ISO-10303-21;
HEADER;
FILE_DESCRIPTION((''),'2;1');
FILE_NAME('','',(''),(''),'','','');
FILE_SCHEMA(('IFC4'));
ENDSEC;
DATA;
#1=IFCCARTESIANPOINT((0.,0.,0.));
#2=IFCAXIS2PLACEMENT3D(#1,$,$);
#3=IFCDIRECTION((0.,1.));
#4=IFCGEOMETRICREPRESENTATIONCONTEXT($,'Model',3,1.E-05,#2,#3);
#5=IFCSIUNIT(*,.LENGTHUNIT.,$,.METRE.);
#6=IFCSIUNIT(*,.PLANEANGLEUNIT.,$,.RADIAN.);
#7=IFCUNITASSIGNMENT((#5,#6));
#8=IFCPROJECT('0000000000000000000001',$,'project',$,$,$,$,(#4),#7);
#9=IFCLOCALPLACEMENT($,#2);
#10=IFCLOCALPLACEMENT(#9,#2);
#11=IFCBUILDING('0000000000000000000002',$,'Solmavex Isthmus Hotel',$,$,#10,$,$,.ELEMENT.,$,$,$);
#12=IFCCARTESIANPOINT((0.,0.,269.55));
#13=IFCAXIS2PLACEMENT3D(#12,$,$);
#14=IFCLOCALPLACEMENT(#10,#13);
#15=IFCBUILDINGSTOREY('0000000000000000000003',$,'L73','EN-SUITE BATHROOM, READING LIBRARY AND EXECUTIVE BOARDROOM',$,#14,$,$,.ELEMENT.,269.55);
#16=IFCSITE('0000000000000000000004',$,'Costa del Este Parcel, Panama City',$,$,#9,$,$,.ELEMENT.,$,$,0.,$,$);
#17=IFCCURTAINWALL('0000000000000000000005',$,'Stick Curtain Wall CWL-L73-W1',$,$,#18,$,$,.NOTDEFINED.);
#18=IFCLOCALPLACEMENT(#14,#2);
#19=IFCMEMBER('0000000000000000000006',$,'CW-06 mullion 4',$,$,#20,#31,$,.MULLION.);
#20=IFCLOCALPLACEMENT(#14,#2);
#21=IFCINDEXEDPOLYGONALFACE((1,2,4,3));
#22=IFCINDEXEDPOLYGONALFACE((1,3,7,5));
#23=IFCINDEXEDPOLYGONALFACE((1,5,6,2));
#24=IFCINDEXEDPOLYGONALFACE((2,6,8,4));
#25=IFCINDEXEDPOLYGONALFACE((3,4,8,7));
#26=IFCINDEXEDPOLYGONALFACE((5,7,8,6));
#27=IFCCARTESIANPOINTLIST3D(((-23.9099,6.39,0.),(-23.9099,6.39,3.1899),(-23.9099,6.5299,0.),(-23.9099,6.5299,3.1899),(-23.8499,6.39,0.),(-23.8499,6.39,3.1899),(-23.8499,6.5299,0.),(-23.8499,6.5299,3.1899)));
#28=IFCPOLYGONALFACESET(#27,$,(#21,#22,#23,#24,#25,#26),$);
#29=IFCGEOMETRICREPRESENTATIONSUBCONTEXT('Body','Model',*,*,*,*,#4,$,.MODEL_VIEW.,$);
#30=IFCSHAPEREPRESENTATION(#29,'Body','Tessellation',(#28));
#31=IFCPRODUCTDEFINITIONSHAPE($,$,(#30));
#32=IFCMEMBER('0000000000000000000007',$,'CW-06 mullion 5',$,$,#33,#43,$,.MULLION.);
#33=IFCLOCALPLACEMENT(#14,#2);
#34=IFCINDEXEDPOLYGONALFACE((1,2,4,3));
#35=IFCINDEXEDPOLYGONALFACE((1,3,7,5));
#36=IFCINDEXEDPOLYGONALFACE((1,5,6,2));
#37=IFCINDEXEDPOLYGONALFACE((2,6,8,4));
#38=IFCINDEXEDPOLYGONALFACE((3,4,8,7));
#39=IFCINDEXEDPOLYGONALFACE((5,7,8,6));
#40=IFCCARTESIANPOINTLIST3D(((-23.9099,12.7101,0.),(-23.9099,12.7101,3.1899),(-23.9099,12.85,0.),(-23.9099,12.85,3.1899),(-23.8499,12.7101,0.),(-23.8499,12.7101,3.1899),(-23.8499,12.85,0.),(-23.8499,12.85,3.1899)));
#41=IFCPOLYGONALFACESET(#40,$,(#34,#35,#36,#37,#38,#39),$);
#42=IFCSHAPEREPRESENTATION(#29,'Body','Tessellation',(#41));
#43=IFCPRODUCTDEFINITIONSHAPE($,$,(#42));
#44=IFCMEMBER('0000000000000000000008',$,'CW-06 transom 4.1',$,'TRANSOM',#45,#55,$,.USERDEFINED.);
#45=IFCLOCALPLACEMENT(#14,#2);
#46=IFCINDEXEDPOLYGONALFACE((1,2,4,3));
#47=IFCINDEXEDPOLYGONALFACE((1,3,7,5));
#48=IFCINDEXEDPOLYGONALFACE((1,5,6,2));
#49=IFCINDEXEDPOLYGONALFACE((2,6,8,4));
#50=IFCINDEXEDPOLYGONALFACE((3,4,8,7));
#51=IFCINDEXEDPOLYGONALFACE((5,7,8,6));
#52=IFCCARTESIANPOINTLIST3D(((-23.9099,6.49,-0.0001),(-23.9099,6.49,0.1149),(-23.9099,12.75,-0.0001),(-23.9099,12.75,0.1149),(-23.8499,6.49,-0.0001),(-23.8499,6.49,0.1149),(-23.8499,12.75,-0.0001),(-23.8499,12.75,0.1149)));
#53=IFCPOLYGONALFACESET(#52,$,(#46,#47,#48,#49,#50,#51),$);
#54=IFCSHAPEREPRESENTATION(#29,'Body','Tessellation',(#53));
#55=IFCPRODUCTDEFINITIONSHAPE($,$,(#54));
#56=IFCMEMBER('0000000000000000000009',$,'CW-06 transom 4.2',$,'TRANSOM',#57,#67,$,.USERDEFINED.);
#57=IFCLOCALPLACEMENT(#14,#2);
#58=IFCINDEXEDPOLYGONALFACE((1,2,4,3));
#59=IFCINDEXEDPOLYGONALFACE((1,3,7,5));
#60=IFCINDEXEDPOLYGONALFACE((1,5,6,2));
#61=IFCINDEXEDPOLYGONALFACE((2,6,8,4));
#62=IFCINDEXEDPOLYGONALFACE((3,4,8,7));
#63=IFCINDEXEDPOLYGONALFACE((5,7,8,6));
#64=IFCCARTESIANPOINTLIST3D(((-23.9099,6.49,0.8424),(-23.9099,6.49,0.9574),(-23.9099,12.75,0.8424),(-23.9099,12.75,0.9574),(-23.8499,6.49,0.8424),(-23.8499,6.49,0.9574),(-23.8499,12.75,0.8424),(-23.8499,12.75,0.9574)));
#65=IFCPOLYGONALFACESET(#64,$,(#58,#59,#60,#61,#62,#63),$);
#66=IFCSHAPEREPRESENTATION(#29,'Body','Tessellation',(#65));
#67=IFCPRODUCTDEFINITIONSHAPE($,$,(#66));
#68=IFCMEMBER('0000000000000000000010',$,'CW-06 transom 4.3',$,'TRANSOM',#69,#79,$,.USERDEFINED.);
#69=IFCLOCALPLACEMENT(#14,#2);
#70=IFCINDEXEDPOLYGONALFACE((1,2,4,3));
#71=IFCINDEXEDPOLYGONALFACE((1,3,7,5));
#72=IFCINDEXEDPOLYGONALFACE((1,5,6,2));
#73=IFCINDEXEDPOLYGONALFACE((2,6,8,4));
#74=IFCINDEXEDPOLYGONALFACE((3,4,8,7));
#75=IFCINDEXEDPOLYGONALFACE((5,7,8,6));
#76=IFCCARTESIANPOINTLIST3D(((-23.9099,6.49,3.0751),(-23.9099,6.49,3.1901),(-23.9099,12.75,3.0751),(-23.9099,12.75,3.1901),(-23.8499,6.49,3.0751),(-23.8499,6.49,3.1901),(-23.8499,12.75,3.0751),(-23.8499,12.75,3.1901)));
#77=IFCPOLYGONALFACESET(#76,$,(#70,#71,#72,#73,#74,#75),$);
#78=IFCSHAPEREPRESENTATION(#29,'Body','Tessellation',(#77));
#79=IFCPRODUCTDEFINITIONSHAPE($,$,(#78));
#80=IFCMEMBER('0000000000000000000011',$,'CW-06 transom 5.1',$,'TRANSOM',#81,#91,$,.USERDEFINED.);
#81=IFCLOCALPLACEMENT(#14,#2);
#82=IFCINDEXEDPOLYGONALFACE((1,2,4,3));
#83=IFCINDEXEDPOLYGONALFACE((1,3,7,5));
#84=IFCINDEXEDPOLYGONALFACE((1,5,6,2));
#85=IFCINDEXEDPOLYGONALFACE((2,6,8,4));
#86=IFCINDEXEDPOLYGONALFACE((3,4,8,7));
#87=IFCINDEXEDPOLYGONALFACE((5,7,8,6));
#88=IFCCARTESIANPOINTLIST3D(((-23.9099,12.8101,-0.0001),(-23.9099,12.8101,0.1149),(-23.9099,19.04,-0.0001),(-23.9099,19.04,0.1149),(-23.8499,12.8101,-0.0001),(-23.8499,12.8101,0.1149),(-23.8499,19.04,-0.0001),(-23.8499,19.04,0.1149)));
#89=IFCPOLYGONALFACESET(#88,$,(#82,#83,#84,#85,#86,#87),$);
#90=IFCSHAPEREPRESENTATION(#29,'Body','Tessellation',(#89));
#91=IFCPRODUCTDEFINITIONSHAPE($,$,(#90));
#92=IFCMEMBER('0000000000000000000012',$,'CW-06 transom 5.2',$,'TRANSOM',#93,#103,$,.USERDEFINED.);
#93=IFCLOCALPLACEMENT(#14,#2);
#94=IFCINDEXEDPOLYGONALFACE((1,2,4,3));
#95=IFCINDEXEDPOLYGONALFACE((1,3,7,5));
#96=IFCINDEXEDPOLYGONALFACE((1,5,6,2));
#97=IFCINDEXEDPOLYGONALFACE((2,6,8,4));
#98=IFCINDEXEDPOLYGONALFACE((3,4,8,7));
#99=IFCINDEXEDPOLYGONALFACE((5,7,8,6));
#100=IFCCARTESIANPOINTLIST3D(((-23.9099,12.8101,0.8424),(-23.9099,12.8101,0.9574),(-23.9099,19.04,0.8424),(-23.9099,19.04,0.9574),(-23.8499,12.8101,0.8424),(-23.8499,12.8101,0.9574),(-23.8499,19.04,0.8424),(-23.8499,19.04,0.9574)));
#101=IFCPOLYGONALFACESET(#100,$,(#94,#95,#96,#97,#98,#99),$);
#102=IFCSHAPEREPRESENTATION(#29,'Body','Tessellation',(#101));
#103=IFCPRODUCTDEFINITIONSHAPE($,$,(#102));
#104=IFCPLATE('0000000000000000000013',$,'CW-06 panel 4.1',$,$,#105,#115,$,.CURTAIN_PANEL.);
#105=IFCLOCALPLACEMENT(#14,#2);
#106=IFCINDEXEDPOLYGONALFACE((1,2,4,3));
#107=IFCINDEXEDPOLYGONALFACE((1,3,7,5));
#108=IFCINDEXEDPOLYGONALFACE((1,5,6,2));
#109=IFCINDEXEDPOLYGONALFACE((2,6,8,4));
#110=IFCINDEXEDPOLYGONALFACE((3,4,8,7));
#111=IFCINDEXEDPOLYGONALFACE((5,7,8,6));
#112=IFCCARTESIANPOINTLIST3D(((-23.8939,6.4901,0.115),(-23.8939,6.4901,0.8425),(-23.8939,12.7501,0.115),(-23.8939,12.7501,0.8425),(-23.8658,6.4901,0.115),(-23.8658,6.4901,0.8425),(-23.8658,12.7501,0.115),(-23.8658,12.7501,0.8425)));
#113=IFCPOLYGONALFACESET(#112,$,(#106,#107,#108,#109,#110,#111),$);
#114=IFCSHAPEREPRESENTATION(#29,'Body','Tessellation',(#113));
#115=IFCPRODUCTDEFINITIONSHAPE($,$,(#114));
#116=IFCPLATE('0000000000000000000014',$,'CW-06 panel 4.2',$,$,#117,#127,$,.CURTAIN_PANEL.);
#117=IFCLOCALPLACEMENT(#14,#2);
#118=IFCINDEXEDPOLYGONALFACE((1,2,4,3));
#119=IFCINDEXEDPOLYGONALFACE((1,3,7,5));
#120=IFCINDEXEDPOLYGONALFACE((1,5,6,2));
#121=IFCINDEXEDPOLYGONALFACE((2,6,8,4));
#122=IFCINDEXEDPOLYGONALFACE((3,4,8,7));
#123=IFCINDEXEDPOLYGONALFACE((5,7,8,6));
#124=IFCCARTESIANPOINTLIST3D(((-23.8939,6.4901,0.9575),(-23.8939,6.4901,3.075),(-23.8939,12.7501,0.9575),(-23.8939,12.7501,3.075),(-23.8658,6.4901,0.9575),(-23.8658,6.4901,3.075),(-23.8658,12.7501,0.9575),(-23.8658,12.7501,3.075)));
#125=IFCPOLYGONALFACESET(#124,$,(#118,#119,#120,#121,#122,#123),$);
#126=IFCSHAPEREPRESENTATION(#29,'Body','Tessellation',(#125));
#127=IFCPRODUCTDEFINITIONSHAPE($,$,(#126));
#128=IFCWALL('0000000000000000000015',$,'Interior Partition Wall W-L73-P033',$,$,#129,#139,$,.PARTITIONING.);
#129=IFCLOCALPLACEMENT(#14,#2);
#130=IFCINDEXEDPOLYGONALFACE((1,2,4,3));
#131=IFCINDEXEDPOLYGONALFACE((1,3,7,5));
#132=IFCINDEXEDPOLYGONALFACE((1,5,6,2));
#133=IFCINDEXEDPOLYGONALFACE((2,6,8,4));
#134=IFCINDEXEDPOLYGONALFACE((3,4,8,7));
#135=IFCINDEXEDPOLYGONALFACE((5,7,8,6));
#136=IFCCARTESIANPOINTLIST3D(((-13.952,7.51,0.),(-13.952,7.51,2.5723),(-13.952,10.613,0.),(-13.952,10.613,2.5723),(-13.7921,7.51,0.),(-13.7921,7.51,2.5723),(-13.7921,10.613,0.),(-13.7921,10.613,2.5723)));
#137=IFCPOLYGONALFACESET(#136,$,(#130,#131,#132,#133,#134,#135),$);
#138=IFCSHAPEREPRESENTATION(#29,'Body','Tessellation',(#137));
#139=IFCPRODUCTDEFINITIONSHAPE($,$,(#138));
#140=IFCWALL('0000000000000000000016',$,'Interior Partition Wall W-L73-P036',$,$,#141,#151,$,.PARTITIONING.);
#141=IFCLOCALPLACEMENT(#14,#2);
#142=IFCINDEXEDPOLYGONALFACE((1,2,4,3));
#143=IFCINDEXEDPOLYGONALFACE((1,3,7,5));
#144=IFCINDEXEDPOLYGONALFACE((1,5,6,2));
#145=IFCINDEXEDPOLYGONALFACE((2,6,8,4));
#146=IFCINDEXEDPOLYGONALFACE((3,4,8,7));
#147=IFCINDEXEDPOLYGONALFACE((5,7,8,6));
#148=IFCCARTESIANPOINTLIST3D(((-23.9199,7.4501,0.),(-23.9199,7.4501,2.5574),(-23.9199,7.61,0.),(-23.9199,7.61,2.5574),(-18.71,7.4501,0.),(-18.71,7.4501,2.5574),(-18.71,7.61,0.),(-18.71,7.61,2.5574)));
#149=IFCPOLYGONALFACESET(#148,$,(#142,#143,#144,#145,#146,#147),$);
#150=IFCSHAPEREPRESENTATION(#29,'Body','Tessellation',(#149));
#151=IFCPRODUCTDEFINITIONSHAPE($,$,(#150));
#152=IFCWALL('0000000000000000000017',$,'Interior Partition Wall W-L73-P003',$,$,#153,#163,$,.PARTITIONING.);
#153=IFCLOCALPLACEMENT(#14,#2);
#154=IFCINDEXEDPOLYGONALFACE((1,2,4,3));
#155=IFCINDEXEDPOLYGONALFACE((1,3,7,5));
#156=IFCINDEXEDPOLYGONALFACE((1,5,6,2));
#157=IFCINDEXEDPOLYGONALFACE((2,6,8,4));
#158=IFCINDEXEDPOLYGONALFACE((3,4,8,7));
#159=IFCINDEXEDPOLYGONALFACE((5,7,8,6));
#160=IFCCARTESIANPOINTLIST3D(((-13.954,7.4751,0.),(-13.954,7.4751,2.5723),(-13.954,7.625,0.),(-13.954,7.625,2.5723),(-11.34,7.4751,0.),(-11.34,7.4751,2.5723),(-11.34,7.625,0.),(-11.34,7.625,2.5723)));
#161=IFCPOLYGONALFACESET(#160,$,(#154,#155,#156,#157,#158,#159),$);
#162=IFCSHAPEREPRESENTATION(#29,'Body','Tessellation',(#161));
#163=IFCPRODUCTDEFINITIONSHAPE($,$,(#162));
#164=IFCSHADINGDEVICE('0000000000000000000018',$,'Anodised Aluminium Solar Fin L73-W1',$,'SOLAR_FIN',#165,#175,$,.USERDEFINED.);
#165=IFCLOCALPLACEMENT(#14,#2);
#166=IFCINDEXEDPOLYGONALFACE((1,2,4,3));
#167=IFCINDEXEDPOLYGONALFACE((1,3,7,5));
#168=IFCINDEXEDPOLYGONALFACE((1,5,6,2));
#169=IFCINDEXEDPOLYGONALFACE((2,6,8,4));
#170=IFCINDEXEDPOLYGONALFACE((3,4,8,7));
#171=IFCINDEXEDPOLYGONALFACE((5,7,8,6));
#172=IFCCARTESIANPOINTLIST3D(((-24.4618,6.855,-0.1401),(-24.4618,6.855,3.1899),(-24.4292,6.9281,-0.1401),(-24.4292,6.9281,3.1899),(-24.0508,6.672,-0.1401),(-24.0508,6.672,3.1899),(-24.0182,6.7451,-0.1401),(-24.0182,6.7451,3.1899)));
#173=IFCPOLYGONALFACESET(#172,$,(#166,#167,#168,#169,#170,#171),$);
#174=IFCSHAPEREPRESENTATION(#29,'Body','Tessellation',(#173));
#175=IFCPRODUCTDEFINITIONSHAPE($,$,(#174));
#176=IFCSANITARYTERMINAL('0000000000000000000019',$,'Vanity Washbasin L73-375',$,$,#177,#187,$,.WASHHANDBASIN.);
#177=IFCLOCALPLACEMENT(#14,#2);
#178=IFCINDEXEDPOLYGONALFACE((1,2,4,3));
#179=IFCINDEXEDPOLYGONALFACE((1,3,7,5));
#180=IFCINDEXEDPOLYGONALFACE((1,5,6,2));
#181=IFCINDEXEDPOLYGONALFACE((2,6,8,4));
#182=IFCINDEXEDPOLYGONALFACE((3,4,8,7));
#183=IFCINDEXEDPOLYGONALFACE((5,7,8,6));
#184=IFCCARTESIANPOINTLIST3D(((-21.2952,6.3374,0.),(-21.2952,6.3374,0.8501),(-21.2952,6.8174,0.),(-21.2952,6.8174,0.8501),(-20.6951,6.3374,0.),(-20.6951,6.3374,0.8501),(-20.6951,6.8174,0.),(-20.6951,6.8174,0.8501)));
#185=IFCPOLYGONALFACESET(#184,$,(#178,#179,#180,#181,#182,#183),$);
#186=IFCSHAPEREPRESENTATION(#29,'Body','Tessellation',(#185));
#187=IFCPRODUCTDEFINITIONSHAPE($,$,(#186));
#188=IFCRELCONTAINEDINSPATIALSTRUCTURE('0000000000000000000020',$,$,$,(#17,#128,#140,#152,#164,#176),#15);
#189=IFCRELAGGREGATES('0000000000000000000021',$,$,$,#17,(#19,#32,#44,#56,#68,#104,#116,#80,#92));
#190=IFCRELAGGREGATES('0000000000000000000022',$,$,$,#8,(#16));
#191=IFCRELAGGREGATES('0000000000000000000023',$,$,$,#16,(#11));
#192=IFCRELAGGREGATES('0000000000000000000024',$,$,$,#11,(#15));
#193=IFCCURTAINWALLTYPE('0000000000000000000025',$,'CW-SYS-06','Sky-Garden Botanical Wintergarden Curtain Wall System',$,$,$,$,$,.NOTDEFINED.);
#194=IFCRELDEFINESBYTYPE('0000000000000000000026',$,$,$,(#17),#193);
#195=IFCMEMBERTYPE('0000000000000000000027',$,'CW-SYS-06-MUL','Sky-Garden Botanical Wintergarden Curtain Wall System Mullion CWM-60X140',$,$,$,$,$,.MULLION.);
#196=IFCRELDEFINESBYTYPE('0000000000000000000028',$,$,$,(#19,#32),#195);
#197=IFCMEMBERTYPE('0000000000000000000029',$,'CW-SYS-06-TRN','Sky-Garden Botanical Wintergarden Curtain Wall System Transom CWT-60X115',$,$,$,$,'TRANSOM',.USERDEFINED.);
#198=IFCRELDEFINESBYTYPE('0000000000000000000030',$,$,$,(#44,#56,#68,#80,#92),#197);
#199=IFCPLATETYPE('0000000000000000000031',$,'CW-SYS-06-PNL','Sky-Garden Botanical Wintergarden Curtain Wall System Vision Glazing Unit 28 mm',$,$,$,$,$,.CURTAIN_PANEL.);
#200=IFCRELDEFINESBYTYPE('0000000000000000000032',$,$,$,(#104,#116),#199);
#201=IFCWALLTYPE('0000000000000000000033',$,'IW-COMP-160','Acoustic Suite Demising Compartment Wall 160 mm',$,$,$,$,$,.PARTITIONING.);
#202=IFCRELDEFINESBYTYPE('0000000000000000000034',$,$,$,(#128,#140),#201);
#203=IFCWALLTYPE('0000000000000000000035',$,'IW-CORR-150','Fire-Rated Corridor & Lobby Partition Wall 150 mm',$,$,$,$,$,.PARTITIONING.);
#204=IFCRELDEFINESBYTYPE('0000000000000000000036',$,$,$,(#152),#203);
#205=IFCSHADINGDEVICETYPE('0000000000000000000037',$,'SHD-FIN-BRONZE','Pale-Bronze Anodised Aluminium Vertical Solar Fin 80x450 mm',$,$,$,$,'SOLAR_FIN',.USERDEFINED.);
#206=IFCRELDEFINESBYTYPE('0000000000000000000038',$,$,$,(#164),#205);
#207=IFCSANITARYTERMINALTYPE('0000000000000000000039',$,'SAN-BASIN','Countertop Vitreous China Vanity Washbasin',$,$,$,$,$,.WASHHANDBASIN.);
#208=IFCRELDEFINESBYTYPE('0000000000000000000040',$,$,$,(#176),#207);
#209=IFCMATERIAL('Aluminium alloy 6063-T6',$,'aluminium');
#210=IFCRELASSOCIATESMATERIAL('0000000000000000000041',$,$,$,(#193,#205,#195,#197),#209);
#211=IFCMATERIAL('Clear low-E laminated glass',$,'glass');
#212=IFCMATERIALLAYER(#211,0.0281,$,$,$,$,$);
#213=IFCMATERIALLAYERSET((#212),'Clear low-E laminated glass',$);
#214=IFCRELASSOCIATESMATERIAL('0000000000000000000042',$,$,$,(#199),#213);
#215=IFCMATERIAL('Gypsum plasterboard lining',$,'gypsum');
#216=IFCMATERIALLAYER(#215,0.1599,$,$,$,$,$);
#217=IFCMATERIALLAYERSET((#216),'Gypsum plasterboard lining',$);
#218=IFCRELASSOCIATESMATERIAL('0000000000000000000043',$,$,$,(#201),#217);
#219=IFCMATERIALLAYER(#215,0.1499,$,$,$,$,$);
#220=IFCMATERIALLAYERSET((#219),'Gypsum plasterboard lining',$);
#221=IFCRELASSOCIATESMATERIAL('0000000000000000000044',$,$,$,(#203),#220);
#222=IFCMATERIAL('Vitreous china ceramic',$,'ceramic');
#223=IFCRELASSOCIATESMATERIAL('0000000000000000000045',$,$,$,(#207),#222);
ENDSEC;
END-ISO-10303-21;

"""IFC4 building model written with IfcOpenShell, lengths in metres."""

from ifc_helpers import new_model, si_unit, direction, frame, frame_2d, origin, origin_2d, place, context, subcontext, project, spatial, rectangle, extrude, material, layer, layer_set, material_profile, profile_set, type_object, element, aggregate, save


model = new_model("IFC4")

# Units and contexts
model_context = context("Model", 3, precision=1e-05, world=origin(), true_north=direction((0.0, 1.0)))
body_context = subcontext(model_context, "Body", "Model", "MODEL_VIEW")
ifc_project = project(units=[si_unit("LENGTHUNIT", "METRE"), si_unit("PLANEANGLEUNIT", "RADIAN")], contexts=[model_context])

# Site, building, storey
site_placement = place(None, origin())
site = spatial("IfcSite", under=ifc_project, at=site_placement, Name="Costa del Este Parcel, Panama City", CompositionType="ELEMENT", RefElevation=0.0)
building_placement = place(site_placement, origin())
building = spatial("IfcBuilding", under=site, at=building_placement, Name="Solmavex Isthmus Hotel", CompositionType="ELEMENT")
storey_placement = place(building_placement, frame((0.0, 0.0, 269.55)))
storey = spatial("IfcBuildingStorey", under=building, at=storey_placement, Name="L73", Description="EN-SUITE BATHROOM, READING LIBRARY AND EXECUTIVE BOARDROOM", CompositionType="ELEMENT", Elevation=269.55)

# Curtain wall, members, plates
ifc_material_1 = material(Name="Aluminium alloy 6063-T6", Category="aluminium")
curtain_wall_type = type_object("IfcCurtainWallType", Name="CW-SYS-06", Description="Sky-Garden Botanical Wintergarden Curtain Wall System", PredefinedType="NOTDEFINED", material=ifc_material_1)
curtain_wall_placement = place(storey_placement, origin())
curtain_wall = element("IfcCurtainWall", 1, at=curtain_wall_placement, inside=storey, type_object=curtain_wall_type, Name="Stick Curtain Wall CWL-L73-W1", PredefinedType="NOTDEFINED")
ifc_material_profile_1 = material_profile(ifc_material_1, rectangle(XDim=0.0601, YDim=0.1399, at=origin_2d()), Name="CWM-60X140")
ifc_profile_set_1 = profile_set([ifc_material_profile_1], Name="Aluminium alloy 6063-T6")
member_type_1 = type_object("IfcMemberType", Name="CW-SYS-06-MUL", Description="Sky-Garden Botanical Wintergarden Curtain Wall System Mullion CWM-60X140", PredefinedType="MULLION", material=ifc_profile_set_1)
member_1_placement = place(storey_placement, frame((-23.8799, 6.46, 0.0), z_axis=(0.0, 0.0, 1.0), x_axis=(-1.0, 0.0, 0.0)))
member_1 = element("IfcMember", 2, at=member_1_placement, type_object=member_type_1, Name="CW-06 mullion 4", PredefinedType="MULLION", context=body_context, shape_type="SweptSolid", body=[
    extrude(rectangle(XDim=0.0601, YDim=0.1399, at=origin_2d()), origin(), (0.0, 0.0, 1.0), 3.1899),
])
member_2_placement = place(storey_placement, frame((-23.8799, 12.78, 0.0), z_axis=(0.0, 0.0, 1.0), x_axis=(-1.0, 0.0, 0.0)))
member_2 = element("IfcMember", 3, at=member_2_placement, type_object=member_type_1, Name="CW-06 mullion 5", PredefinedType="MULLION", context=body_context, shape_type="SweptSolid", body=[
    extrude(rectangle(XDim=0.0601, YDim=0.1399, at=origin_2d()), origin(), (0.0, 0.0, 1.0), 3.1899),
])
ifc_material_profile_2 = material_profile(ifc_material_1, rectangle(XDim=0.0601, YDim=0.115, at=origin_2d()), Name="CWT-60X115")
ifc_profile_set_2 = profile_set([ifc_material_profile_2], Name="Aluminium alloy 6063-T6")
member_type_2 = type_object("IfcMemberType", Name="CW-SYS-06-TRN", Description="Sky-Garden Botanical Wintergarden Curtain Wall System Transom CWT-60X115", ElementType="TRANSOM", PredefinedType="USERDEFINED", material=ifc_profile_set_2)
member_3_placement = place(storey_placement, frame((-23.8799, 6.49, 0.0574), z_axis=(0.0, 1.0, 0.0), x_axis=(-1.0, 0.0, 0.0)))
member_3 = element("IfcMember", 4, at=member_3_placement, type_object=member_type_2, Name="CW-06 transom 4.1", ObjectType="TRANSOM", PredefinedType="USERDEFINED", context=body_context, shape_type="SweptSolid", body=[
    extrude(rectangle(XDim=0.0601, YDim=0.115, at=origin_2d()), origin(), (0.0, 0.0, 1.0), 6.26),
])
member_4_placement = place(storey_placement, frame((-23.8799, 6.49, 0.8999), z_axis=(0.0, 1.0, 0.0), x_axis=(-1.0, 0.0, 0.0)))
member_4 = element("IfcMember", 5, at=member_4_placement, type_object=member_type_2, Name="CW-06 transom 4.2", ObjectType="TRANSOM", PredefinedType="USERDEFINED", context=body_context, shape_type="SweptSolid", body=[
    extrude(rectangle(XDim=0.0601, YDim=0.115, at=origin_2d()), origin(), (0.0, 0.0, 1.0), 6.26),
])
member_5_placement = place(storey_placement, frame((-23.8799, 6.49, 3.1326), z_axis=(0.0, 1.0, 0.0), x_axis=(-1.0, 0.0, 0.0)))
member_5 = element("IfcMember", 6, at=member_5_placement, type_object=member_type_2, Name="CW-06 transom 4.3", ObjectType="TRANSOM", PredefinedType="USERDEFINED", context=body_context, shape_type="SweptSolid", body=[
    extrude(rectangle(XDim=0.0601, YDim=0.115, at=origin_2d()), origin(), (0.0, 0.0, 1.0), 6.26),
])
member_6_placement = place(storey_placement, frame((-23.8799, 12.8101, 0.0574), z_axis=(0.0, 1.0, 0.0), x_axis=(-1.0, 0.0, 0.0)))
member_6 = element("IfcMember", 7, at=member_6_placement, type_object=member_type_2, Name="CW-06 transom 5.1", ObjectType="TRANSOM", PredefinedType="USERDEFINED", context=body_context, shape_type="SweptSolid", body=[
    extrude(rectangle(XDim=0.0601, YDim=0.115, at=origin_2d()), origin(), (0.0, 0.0, 1.0), 6.23),
])
member_7_placement = place(storey_placement, frame((-23.8799, 12.8101, 0.8999), z_axis=(0.0, 1.0, 0.0), x_axis=(-1.0, 0.0, 0.0)))
member_7 = element("IfcMember", 8, at=member_7_placement, type_object=member_type_2, Name="CW-06 transom 5.2", ObjectType="TRANSOM", PredefinedType="USERDEFINED", context=body_context, shape_type="SweptSolid", body=[
    extrude(rectangle(XDim=0.0601, YDim=0.115, at=origin_2d()), origin(), (0.0, 0.0, 1.0), 6.23),
])
ifc_material_2 = material(Name="Clear low-E laminated glass", Category="glass")
ifc_layer_1 = layer(ifc_material_2, 0.0281)
ifc_layer_set_1 = layer_set([ifc_layer_1], Name="Clear low-E laminated glass")
plate_type = type_object("IfcPlateType", Name="CW-SYS-06-PNL", Description="Sky-Garden Botanical Wintergarden Curtain Wall System Vision Glazing Unit 28 mm", PredefinedType="CURTAIN_PANEL", material=ifc_layer_set_1)
plate_1_placement = place(storey_placement, frame((-23.8799, 9.6201, 0.115), z_axis=(0.0, 0.0, 1.0), x_axis=(0.0, 1.0, 0.0)))
plate_1 = element("IfcPlate", 9, at=plate_1_placement, type_object=plate_type, Name="CW-06 panel 4.1", PredefinedType="CURTAIN_PANEL", context=body_context, shape_type="SweptSolid", body=[
    extrude(rectangle(XDim=6.26, YDim=0.0281, at=origin_2d()), origin(), (0.0, 0.0, 1.0), 0.7275),
])
plate_2_placement = place(storey_placement, frame((-23.8799, 9.6201, 0.9575), z_axis=(0.0, 0.0, 1.0), x_axis=(0.0, 1.0, 0.0)))
plate_2 = element("IfcPlate", 10, at=plate_2_placement, type_object=plate_type, Name="CW-06 panel 4.2", PredefinedType="CURTAIN_PANEL", context=body_context, shape_type="SweptSolid", body=[
    extrude(rectangle(XDim=6.26, YDim=0.0281, at=origin_2d()), origin(), (0.0, 0.0, 1.0), 2.1174),
])
aggregate(curtain_wall, [member_1, member_2, member_3, member_4, member_5, plate_1, plate_2, member_6, member_7])

# Walls
ifc_material_3 = material(Name="Gypsum plasterboard lining", Category="gypsum")
ifc_layer_2 = layer(ifc_material_3, 0.1599)
ifc_layer_set_2 = layer_set([ifc_layer_2], Name="Gypsum plasterboard lining")
wall_type_1 = type_object("IfcWallType", Name="IW-COMP-160", Description="Acoustic Suite Demising Compartment Wall 160 mm", PredefinedType="PARTITIONING", material=ifc_layer_set_2)
wall_1_placement = place(storey_placement, frame((-13.8721, 10.613, 0.0), z_axis=(0.0, 0.0, 1.0), x_axis=(0.0, -1.0, 0.0)))
element("IfcWall", 11, at=wall_1_placement, inside=storey, type_object=wall_type_1, Name="Interior Partition Wall W-L73-P033", PredefinedType="PARTITIONING", context=body_context, shape_type="SweptSolid", body=[
    extrude(rectangle(XDim=3.103, YDim=0.1599, at=frame_2d((1.5515, 0.0))), origin(), (0.0, 0.0, 1.0), 2.5723),
])
wall_2_placement = place(storey_placement, frame((-18.71, 7.53, 0.0), z_axis=(0.0, 0.0, 1.0), x_axis=(-1.0, 0.0, 0.0)))
element("IfcWall", 12, at=wall_2_placement, inside=storey, type_object=wall_type_1, Name="Interior Partition Wall W-L73-P036", PredefinedType="PARTITIONING", context=body_context, shape_type="SweptSolid", body=[
    extrude(rectangle(XDim=5.21, YDim=0.1599, at=frame_2d((2.605, 0.0))), origin(), (0.0, 0.0, 1.0), 2.5574),
])

# Shared definitions
ifc_layer_3 = layer(ifc_material_3, 0.1499)
ifc_layer_set_3 = layer_set([ifc_layer_3], Name="Gypsum plasterboard lining")
wall_type_2 = type_object("IfcWallType", Name="IW-CORR-150", Description="Fire-Rated Corridor & Lobby Partition Wall 150 mm", PredefinedType="PARTITIONING", material=ifc_layer_set_3)

# Wall
wall_3_placement = place(storey_placement, frame((-13.9541, 7.55, 0.0), z_axis=(0.0, 0.0, 1.0), x_axis=(1.0, 0.0, 0.0)))
element("IfcWall", 13, at=wall_3_placement, inside=storey, type_object=wall_type_2, Name="Interior Partition Wall W-L73-P003", PredefinedType="PARTITIONING", context=body_context, shape_type="SweptSolid", body=[
    extrude(rectangle(XDim=2.614, YDim=0.1499, at=frame_2d((1.3071, 0.0))), origin(), (0.0, 0.0, 1.0), 2.5723),
])

# Shading device
shading_device_type = type_object("IfcShadingDeviceType", Name="SHD-FIN-BRONZE", Description="Pale-Bronze Anodised Aluminium Vertical Solar Fin 80x450 mm", ElementType="SOLAR_FIN", PredefinedType="USERDEFINED", material=ifc_material_1)
shading_device_placement = place(storey_placement, frame((-24.24, 6.8, -0.1401), z_axis=(0.0, 0.0, 1.0), x_axis=(-0.913545, 0.406737, 0.0)))
element("IfcShadingDevice", 14, at=shading_device_placement, inside=storey, type_object=shading_device_type, Name="Anodised Aluminium Solar Fin L73-W1", ObjectType="SOLAR_FIN", PredefinedType="USERDEFINED", context=body_context, shape_type="SweptSolid", body=[
    extrude(rectangle(XDim=0.45, YDim=0.0801, at=origin_2d()), origin(), (0.0, 0.0, 1.0), 3.3301),
])

# Sanitary terminal
ifc_material_4 = material(Name="Vitreous china ceramic", Category="ceramic")
sanitary_terminal_type_1 = type_object("IfcSanitaryTerminalType", Name="SAN-BASIN", Description="Countertop Vitreous China Vanity Washbasin", PredefinedType="WASHHANDBASIN", material=ifc_material_4)
sanitary_terminal_1_placement = place(storey_placement, frame((-20.9951, 6.5774, 0.0), z_axis=(0.0, 0.0, 1.0), x_axis=(1.0, 0.0, 0.0)))
element("IfcSanitaryTerminal", 15, at=sanitary_terminal_1_placement, inside=storey, type_object=sanitary_terminal_type_1, Name="Vanity Washbasin L73-375", PredefinedType="WASHHANDBASIN", context=body_context, shape_type="SweptSolid", body=[
    extrude(rectangle(XDim=0.6001, YDim=0.48, at=origin_2d()), origin(), (0.0, 0.0, 1.0), 0.8501),
])

save(model, "model.ifc")
